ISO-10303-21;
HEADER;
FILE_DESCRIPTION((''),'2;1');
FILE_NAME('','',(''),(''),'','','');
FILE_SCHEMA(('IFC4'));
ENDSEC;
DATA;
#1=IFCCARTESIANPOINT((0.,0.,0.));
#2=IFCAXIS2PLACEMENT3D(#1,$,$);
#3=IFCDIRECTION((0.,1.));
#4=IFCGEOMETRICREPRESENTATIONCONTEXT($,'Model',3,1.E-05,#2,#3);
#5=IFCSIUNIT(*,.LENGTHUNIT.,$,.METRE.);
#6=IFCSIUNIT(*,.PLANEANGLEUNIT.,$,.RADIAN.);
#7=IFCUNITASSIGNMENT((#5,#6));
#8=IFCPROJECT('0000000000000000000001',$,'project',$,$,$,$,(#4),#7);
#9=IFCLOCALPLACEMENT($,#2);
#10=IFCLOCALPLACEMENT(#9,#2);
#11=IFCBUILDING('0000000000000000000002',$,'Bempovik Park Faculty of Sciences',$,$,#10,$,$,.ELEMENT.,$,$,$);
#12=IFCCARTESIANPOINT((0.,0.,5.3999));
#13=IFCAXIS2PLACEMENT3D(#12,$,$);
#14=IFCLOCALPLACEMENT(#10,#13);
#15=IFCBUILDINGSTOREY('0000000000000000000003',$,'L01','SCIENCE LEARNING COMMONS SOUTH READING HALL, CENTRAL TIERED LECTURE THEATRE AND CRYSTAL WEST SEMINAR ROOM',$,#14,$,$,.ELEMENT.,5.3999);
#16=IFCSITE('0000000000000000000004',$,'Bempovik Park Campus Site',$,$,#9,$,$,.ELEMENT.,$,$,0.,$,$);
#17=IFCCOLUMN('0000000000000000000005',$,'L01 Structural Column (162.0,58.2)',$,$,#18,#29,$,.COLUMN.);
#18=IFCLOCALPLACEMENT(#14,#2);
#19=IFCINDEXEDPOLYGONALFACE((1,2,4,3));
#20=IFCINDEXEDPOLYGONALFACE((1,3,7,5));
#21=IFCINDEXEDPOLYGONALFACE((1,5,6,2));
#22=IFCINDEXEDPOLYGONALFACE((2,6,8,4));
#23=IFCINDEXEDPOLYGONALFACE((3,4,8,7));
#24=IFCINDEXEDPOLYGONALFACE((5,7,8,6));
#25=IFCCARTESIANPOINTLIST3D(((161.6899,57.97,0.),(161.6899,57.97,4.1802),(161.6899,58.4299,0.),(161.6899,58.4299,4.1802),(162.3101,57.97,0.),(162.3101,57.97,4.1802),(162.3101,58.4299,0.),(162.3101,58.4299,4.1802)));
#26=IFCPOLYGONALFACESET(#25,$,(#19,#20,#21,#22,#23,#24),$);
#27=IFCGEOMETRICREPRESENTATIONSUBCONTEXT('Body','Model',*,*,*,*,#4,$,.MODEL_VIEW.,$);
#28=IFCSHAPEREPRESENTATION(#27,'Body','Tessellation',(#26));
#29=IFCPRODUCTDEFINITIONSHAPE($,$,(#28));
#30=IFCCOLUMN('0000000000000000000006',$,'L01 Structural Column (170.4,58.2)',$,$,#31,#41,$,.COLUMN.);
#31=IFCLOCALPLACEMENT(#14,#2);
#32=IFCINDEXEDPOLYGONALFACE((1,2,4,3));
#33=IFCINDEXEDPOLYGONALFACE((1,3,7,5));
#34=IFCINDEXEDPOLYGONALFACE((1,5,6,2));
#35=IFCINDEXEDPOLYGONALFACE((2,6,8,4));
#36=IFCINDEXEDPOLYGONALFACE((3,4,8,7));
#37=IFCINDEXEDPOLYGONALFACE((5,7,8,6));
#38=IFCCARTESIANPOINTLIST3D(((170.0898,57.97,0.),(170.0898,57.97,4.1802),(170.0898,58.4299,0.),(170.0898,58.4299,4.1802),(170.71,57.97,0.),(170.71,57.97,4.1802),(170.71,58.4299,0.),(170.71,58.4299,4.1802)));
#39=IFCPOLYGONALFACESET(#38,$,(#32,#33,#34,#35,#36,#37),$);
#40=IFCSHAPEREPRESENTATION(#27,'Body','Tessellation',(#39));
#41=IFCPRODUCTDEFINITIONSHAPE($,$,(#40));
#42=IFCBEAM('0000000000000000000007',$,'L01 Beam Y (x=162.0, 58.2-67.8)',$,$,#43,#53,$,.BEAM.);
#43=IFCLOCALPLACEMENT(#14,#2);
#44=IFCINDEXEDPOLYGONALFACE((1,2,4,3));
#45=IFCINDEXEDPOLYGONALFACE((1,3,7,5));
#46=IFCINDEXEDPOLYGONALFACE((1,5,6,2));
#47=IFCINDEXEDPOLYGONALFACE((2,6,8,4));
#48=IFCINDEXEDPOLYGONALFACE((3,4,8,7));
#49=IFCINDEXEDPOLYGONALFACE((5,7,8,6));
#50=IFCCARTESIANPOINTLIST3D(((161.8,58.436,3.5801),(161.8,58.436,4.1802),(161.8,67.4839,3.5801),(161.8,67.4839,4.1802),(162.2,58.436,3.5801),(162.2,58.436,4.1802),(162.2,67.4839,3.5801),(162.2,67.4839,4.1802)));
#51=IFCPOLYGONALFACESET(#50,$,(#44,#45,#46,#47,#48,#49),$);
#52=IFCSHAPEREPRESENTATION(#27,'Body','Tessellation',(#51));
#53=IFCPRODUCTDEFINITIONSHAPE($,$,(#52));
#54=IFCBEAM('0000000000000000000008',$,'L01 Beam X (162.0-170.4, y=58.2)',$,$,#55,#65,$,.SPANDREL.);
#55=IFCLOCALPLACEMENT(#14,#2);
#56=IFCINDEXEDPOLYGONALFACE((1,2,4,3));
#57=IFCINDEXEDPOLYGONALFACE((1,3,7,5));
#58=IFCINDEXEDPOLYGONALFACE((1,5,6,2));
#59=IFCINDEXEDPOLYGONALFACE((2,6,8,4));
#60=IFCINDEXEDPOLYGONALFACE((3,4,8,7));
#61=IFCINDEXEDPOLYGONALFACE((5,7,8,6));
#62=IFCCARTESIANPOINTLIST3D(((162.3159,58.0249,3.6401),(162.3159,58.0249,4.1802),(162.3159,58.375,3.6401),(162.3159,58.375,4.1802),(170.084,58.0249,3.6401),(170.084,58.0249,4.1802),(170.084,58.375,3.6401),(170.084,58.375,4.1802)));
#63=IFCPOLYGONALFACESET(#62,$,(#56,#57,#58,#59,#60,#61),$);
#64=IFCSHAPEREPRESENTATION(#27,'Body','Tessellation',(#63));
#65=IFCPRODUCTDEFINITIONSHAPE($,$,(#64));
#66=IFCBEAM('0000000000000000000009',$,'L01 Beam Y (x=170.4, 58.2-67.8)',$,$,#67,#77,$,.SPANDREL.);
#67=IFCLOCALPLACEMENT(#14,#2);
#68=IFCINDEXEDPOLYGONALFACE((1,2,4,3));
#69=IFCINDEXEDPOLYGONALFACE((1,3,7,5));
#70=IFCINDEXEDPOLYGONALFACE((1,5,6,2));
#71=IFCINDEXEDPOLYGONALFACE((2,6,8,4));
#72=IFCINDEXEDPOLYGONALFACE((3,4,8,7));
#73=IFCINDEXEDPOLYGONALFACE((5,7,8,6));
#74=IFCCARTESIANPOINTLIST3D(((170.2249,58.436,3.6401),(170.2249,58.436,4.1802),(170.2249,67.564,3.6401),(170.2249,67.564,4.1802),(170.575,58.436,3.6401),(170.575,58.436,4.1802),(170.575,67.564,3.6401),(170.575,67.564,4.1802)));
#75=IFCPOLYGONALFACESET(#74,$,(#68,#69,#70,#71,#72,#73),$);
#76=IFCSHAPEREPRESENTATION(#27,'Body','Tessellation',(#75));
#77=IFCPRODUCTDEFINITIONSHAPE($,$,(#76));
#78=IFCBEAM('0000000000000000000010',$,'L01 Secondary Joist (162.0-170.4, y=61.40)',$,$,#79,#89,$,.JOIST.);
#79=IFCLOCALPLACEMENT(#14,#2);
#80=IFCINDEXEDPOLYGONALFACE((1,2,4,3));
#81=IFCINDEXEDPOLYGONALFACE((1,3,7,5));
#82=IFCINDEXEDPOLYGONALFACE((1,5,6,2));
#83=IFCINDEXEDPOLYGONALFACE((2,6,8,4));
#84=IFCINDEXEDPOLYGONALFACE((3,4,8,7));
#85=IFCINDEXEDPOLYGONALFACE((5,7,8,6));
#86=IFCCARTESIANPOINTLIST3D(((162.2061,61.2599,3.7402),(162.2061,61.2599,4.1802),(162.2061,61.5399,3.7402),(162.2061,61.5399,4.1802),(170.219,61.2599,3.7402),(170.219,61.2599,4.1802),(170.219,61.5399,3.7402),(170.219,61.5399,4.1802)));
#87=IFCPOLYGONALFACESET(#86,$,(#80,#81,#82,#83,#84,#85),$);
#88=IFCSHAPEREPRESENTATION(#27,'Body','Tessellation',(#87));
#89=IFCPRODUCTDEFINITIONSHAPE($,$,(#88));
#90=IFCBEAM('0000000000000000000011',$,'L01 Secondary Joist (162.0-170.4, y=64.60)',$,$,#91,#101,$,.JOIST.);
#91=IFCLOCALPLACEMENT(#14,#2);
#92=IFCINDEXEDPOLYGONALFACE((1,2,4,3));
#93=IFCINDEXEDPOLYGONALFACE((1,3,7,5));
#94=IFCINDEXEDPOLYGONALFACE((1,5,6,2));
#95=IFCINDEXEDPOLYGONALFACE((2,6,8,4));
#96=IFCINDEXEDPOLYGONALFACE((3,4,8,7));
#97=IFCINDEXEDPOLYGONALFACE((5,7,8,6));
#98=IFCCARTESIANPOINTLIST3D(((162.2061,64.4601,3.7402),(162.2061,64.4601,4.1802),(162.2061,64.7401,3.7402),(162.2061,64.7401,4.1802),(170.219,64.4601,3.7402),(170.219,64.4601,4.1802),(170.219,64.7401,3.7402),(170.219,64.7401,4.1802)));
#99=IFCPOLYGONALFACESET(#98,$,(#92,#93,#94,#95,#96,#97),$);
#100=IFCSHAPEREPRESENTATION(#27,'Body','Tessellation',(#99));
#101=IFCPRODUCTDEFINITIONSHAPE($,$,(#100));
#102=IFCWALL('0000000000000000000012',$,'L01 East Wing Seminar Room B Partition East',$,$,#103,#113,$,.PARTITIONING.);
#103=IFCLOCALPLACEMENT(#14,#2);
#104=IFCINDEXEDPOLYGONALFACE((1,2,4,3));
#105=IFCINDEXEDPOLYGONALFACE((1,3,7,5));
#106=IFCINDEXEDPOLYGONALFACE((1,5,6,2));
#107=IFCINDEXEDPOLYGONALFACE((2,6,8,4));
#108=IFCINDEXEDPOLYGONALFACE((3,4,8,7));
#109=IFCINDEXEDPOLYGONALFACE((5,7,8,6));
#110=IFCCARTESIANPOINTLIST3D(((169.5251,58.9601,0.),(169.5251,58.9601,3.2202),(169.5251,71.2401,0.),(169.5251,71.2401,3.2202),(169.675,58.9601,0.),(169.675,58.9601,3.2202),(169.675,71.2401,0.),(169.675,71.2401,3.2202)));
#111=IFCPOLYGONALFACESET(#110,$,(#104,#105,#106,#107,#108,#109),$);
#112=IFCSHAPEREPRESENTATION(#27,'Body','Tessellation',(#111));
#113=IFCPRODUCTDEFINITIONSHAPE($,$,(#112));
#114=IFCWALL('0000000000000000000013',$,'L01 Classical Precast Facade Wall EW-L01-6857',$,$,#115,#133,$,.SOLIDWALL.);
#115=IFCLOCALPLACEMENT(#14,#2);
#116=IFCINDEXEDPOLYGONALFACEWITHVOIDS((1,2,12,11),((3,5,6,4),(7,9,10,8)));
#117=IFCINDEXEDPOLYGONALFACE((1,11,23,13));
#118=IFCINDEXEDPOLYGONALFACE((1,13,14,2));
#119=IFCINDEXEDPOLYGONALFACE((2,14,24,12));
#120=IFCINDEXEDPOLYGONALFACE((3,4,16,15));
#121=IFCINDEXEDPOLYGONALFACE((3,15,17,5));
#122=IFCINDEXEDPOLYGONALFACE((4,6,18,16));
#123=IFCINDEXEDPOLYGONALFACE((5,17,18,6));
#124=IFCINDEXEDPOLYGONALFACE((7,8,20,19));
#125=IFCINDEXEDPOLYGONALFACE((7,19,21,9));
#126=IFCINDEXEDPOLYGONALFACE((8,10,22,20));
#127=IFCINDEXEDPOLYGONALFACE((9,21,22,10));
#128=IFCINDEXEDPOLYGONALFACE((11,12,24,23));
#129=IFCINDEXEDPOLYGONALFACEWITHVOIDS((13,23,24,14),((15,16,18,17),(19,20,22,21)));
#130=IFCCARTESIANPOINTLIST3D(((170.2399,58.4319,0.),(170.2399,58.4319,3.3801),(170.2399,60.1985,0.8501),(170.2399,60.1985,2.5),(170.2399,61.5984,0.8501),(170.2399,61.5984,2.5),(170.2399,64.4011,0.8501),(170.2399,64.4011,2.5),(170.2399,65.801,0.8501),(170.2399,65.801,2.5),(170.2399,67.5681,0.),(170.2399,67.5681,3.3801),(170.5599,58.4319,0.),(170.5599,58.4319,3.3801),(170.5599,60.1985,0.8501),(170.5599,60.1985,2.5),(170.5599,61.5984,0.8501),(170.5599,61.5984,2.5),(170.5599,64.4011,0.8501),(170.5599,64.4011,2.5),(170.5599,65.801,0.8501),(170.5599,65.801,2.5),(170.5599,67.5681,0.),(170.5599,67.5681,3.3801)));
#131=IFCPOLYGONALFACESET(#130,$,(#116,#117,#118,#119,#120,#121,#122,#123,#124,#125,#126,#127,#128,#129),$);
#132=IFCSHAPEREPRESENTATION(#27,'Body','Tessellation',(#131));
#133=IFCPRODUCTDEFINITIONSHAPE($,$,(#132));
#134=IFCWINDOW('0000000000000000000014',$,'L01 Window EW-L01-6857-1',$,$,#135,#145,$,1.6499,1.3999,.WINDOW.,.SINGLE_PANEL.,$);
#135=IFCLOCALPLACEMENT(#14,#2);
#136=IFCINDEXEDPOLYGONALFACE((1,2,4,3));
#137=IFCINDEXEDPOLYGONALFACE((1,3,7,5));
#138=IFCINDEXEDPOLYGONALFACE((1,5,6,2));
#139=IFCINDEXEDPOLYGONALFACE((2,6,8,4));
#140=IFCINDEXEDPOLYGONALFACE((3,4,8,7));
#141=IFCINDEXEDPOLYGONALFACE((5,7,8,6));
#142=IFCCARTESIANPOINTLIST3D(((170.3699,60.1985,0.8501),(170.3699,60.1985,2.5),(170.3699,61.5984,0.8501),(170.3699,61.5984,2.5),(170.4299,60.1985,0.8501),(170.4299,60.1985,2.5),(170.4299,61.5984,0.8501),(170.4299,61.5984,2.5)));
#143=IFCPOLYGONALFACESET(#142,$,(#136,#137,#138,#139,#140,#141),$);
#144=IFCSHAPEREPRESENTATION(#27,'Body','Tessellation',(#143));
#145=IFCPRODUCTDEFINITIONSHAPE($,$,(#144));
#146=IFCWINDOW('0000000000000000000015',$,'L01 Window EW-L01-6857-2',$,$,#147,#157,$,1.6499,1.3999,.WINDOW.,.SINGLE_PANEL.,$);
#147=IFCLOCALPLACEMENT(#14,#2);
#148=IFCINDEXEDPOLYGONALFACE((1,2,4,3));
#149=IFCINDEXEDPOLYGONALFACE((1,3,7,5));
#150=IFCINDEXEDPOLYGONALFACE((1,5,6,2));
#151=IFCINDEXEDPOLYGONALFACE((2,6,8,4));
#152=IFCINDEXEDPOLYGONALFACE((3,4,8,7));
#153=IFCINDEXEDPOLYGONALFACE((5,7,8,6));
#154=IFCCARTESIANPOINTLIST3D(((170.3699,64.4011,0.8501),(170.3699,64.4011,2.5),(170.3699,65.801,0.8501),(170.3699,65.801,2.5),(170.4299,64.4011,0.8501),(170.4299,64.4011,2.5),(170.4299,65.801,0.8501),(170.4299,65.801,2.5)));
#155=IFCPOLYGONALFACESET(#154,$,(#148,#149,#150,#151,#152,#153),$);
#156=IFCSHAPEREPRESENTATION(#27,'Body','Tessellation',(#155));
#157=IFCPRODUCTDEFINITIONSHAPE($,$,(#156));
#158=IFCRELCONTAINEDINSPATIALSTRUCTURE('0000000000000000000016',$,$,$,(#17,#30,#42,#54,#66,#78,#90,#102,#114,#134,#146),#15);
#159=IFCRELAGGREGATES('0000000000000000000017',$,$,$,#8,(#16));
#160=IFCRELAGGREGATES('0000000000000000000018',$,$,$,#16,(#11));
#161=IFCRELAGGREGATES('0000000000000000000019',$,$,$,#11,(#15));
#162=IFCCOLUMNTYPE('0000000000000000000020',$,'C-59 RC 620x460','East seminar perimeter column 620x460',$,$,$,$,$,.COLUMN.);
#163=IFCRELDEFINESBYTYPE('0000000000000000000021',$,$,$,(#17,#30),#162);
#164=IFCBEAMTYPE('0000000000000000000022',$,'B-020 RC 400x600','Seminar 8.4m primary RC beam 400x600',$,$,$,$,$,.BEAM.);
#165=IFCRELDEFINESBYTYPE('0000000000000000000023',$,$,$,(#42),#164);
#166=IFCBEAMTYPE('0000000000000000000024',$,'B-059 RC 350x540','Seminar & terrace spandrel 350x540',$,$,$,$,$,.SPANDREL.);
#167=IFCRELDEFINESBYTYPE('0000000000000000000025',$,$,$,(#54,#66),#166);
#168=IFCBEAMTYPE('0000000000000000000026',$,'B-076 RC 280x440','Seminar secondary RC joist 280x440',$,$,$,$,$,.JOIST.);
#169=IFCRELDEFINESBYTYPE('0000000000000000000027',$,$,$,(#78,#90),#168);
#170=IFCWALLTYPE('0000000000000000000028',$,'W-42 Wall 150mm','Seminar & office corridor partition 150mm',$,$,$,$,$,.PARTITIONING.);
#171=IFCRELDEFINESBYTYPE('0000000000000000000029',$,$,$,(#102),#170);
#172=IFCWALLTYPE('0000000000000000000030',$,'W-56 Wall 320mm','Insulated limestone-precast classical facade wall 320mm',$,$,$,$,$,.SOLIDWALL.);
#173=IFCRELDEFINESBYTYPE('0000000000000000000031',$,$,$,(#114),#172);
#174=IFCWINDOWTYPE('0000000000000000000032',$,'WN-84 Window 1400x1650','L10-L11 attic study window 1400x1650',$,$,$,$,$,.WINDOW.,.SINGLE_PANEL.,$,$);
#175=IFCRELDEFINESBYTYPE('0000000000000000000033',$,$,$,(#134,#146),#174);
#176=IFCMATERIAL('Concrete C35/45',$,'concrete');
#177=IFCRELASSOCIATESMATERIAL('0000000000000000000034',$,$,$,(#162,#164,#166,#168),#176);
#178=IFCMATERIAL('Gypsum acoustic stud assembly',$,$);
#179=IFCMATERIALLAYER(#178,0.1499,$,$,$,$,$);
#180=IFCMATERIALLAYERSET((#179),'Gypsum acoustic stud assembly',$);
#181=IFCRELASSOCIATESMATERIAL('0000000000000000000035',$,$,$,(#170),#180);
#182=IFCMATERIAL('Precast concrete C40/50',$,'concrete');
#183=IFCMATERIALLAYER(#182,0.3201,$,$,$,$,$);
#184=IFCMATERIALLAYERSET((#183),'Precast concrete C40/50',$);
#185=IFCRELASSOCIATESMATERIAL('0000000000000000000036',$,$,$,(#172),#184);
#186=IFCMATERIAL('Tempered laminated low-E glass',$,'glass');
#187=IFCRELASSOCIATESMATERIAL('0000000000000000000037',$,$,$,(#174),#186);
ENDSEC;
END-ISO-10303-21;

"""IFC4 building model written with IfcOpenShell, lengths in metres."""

from ifc_helpers import new_model, si_unit, direction, frame, frame_2d, origin, origin_2d, place, context, subcontext, project, spatial, rectangle, extrude, material, layer, layer_set, material_profile, profile_set, type_object, element, fill, save


model = new_model("IFC4")

# Units and contexts
model_context = context("Model", 3, precision=1e-05, world=origin(), true_north=direction((0.0, 1.0)))
body_context = subcontext(model_context, "Body", "Model", "MODEL_VIEW")
ifc_project = project(units=[si_unit("LENGTHUNIT", "METRE"), si_unit("PLANEANGLEUNIT", "RADIAN")], contexts=[model_context])

# Site, building, storey
site_placement = place(None, origin())
site = spatial("IfcSite", under=ifc_project, at=site_placement, Name="Bempovik Park Campus Site", CompositionType="ELEMENT", RefElevation=0.0)
building_placement = place(site_placement, origin())
building = spatial("IfcBuilding", under=site, at=building_placement, Name="Bempovik Park Faculty of Sciences", CompositionType="ELEMENT")
storey_placement = place(building_placement, frame((0.0, 0.0, 5.3999)))
storey = spatial("IfcBuildingStorey", under=building, at=storey_placement, Name="L01", Description="SCIENCE LEARNING COMMONS SOUTH READING HALL, CENTRAL TIERED LECTURE THEATRE AND CRYSTAL WEST SEMINAR ROOM", CompositionType="ELEMENT", Elevation=5.3999)

# Columns
ifc_material_1 = material(Name="Concrete C35/45", Category="concrete")
ifc_material_profile_1 = material_profile(ifc_material_1, rectangle(XDim=0.6201, YDim=0.46, at=origin_2d()), Name="RC 620x460")
ifc_profile_set_1 = profile_set([ifc_material_profile_1], Name="Concrete C35/45")
column_type = type_object("IfcColumnType", Name="C-59 RC 620x460", Description="East seminar perimeter column 620x460", PredefinedType="COLUMN", material=ifc_profile_set_1)
for number, where, z_axis, x_axis, name in (
    (1, (162.0, 58.2, 0.0), (0.0, 0.0, 1.0), (1.0, 0.0, 0.0), "L01 Structural Column (162.0,58.2)"),
    (2, (170.3999, 58.2, 0.0), (0.0, 0.0, 1.0), (1.0, 0.0, 0.0), "L01 Structural Column (170.4,58.2)"),
):
    element("IfcColumn", number, at=place(storey_placement, frame(where, z_axis=z_axis, x_axis=x_axis)), inside=storey, type_object=column_type, Name=name, PredefinedType="COLUMN", context=body_context, shape_type="SweptSolid", body=[
        extrude(rectangle(XDim=0.6201, YDim=0.46, at=origin_2d()), origin(), (0.0, 0.0, 1.0), 4.1802),
    ])

# Beams
ifc_material_profile_2 = material_profile(ifc_material_1, rectangle(XDim=0.3999, YDim=0.6001, at=origin_2d()), Name="RC 400x600")
ifc_profile_set_2 = profile_set([ifc_material_profile_2], Name="Concrete C35/45")
beam_type_1 = type_object("IfcBeamType", Name="B-020 RC 400x600", Description="Seminar 8.4m primary RC beam 400x600", PredefinedType="BEAM", material=ifc_profile_set_2)
beam_1_placement = place(storey_placement, frame((162.0, 58.436, 3.8801), z_axis=(0.0, 1.0, 0.0), x_axis=(-1.0, 0.0, 0.0)))
element("IfcBeam", 3, at=beam_1_placement, inside=storey, type_object=beam_type_1, Name="L01 Beam Y (x=162.0, 58.2-67.8)", PredefinedType="BEAM", context=body_context, shape_type="SweptSolid", body=[
    extrude(rectangle(XDim=0.3999, YDim=0.6001, at=origin_2d()), origin(), (0.0, 0.0, 1.0), 9.0479),
])
ifc_material_profile_3 = material_profile(ifc_material_1, rectangle(XDim=0.3501, YDim=0.54, at=origin_2d()), Name="RC 350x540")
ifc_profile_set_3 = profile_set([ifc_material_profile_3], Name="Concrete C35/45")
beam_type_2 = type_object("IfcBeamType", Name="B-059 RC 350x540", Description="Seminar & terrace spandrel 350x540", PredefinedType="SPANDREL", material=ifc_profile_set_3)
beam_2_placement = place(storey_placement, frame((162.3159, 58.2, 3.9102), z_axis=(1.0, 0.0, 0.0), x_axis=(0.0, 1.0, 0.0)))
element("IfcBeam", 4, at=beam_2_placement, inside=storey, type_object=beam_type_2, Name="L01 Beam X (162.0-170.4, y=58.2)", PredefinedType="SPANDREL", context=body_context, shape_type="SweptSolid", body=[
    extrude(rectangle(XDim=0.3501, YDim=0.54, at=origin_2d()), origin(), (0.0, 0.0, 1.0), 7.7681),
])
beam_3_placement = place(storey_placement, frame((170.3999, 58.436, 3.9102), z_axis=(0.0, 1.0, 0.0), x_axis=(-1.0, 0.0, 0.0)))
element("IfcBeam", 5, at=beam_3_placement, inside=storey, type_object=beam_type_2, Name="L01 Beam Y (x=170.4, 58.2-67.8)", PredefinedType="SPANDREL", context=body_context, shape_type="SweptSolid", body=[
    extrude(rectangle(XDim=0.3501, YDim=0.54, at=origin_2d()), origin(), (0.0, 0.0, 1.0), 9.1279),
])
ifc_material_profile_4 = material_profile(ifc_material_1, rectangle(XDim=0.28, YDim=0.4399, at=origin_2d()), Name="RC 280x440")
ifc_profile_set_4 = profile_set([ifc_material_profile_4], Name="Concrete C35/45")
beam_type_3 = type_object("IfcBeamType", Name="B-076 RC 280x440", Description="Seminar secondary RC joist 280x440", PredefinedType="JOIST", material=ifc_profile_set_4)
for number, where, z_axis, x_axis, name in (
    (6, (162.2061, 61.3999, 3.9602), (1.0, 0.0, 0.0), (0.0, 1.0, 0.0), "L01 Secondary Joist (162.0-170.4, y=61.40)"),
    (7, (162.2061, 64.6001, 3.9602), (1.0, 0.0, 0.0), (0.0, 1.0, 0.0), "L01 Secondary Joist (162.0-170.4, y=64.60)"),
):
    element("IfcBeam", number, at=place(storey_placement, frame(where, z_axis=z_axis, x_axis=x_axis)), inside=storey, type_object=beam_type_3, Name=name, PredefinedType="JOIST", context=body_context, shape_type="SweptSolid", body=[
        extrude(rectangle(XDim=0.28, YDim=0.4399, at=origin_2d()), origin(), (0.0, 0.0, 1.0), 8.0129),
    ])

# Wall
ifc_material_2 = material(Name="Gypsum acoustic stud assembly")
ifc_layer_1 = layer(ifc_material_2, 0.1499)
ifc_layer_set_1 = layer_set([ifc_layer_1], Name="Gypsum acoustic stud assembly")
wall_type_1 = type_object("IfcWallType", Name="W-42 Wall 150mm", Description="Seminar & office corridor partition 150mm", PredefinedType="PARTITIONING", material=ifc_layer_set_1)
wall_1_placement = place(storey_placement, frame((169.6001, 58.96, 0.0), z_axis=(0.0, 0.0, 1.0), x_axis=(0.0, 1.0, 0.0)))
element("IfcWall", 8, at=wall_1_placement, inside=storey, type_object=wall_type_1, Name="L01 East Wing Seminar Room B Partition East", PredefinedType="PARTITIONING", context=body_context, shape_type="SweptSolid", body=[
    extrude(rectangle(XDim=12.28, YDim=0.1499, at=frame_2d((6.1401, 0.0))), origin(), (0.0, 0.0, 1.0), 3.2202),
])

# Wall, openings, windows
ifc_material_3 = material(Name="Precast concrete C40/50", Category="concrete")
ifc_layer_2 = layer(ifc_material_3, 0.3201)
ifc_layer_set_2 = layer_set([ifc_layer_2], Name="Precast concrete C40/50")
wall_type_2 = type_object("IfcWallType", Name="W-56 Wall 320mm", Description="Insulated limestone-precast classical facade wall 320mm", PredefinedType="SOLIDWALL", material=ifc_layer_set_2)
wall_2_placement = place(storey_placement, frame((170.3999, 58.4319, 0.0), z_axis=(0.0, 0.0, 1.0), x_axis=(0.0, 1.0, 0.0)))
wall_2 = element("IfcWall", 9, at=wall_2_placement, inside=storey, type_object=wall_type_2, Name="L01 Classical Precast Facade Wall EW-L01-6857", PredefinedType="SOLIDWALL", context=body_context, shape_type="SweptSolid", body=[
    extrude(rectangle(XDim=9.1362, YDim=0.3201, at=frame_2d((4.5681, 0.0))), origin(), (0.0, 0.0, 1.0), 3.3801),
])
opening_1_placement = place(wall_2_placement, frame((1.7666, 0.0, 0.8501)))
opening_1 = element("IfcOpeningElement", 10, at=opening_1_placement, cuts=wall_2, PredefinedType="OPENING", context=body_context, shape_type="SweptSolid", body=[
    extrude(rectangle(XDim=1.3999, YDim=1.6499, at=frame_2d((0.7, 0.825))), frame((0.0, 0.1699, 0.0), z_axis=(0.0, -1.0, 0.0), x_axis=(1.0, 0.0, 0.0)), (0.0, 0.0, 1.0), 0.3401),
])
opening_2_placement = place(wall_2_placement, frame((5.9692, 0.0, 0.8501)))
opening_2 = element("IfcOpeningElement", 11, at=opening_2_placement, cuts=wall_2, PredefinedType="OPENING", context=body_context, shape_type="SweptSolid", body=[
    extrude(rectangle(XDim=1.3999, YDim=1.6499, at=frame_2d((0.7, 0.825))), frame((0.0, 0.1699, 0.0), z_axis=(0.0, -1.0, 0.0), x_axis=(1.0, 0.0, 0.0)), (0.0, 0.0, 1.0), 0.3401),
])
ifc_material_4 = material(Name="Tempered laminated low-E glass", Category="glass")
window_type = type_object("IfcWindowType", Name="WN-84 Window 1400x1650", Description="L10-L11 attic study window 1400x1650", PartitioningType="SINGLE_PANEL", PredefinedType="WINDOW", material=ifc_material_4)
window_1_placement = place(opening_1_placement, origin())
window_1 = element("IfcWindow", 12, at=window_1_placement, inside=storey, type_object=window_type, Name="L01 Window EW-L01-6857-1", OverallHeight=1.6499, OverallWidth=1.3999, PartitioningType="SINGLE_PANEL", PredefinedType="WINDOW", context=body_context, shape_type="SweptSolid", body=[
    extrude(rectangle(XDim=1.3999, YDim=1.6499, at=frame_2d((0.7, 0.825))), frame((0.0, 0.03, 0.0), z_axis=(0.0, -1.0, 0.0), x_axis=(1.0, 0.0, 0.0)), (0.0, 0.0, 1.0), 0.0601),
])
fill(opening_1, window_1)
window_2_placement = place(opening_2_placement, origin())
window_2 = element("IfcWindow", 13, at=window_2_placement, inside=storey, type_object=window_type, Name="L01 Window EW-L01-6857-2", OverallHeight=1.6499, OverallWidth=1.3999, PartitioningType="SINGLE_PANEL", PredefinedType="WINDOW", context=body_context, shape_type="SweptSolid", body=[
    extrude(rectangle(XDim=1.3999, YDim=1.6499, at=frame_2d((0.7, 0.825))), frame((0.0, 0.03, 0.0), z_axis=(0.0, -1.0, 0.0), x_axis=(1.0, 0.0, 0.0)), (0.0, 0.0, 1.0), 0.0601),
])
fill(opening_2, window_2)

save(model, "model.ifc")
